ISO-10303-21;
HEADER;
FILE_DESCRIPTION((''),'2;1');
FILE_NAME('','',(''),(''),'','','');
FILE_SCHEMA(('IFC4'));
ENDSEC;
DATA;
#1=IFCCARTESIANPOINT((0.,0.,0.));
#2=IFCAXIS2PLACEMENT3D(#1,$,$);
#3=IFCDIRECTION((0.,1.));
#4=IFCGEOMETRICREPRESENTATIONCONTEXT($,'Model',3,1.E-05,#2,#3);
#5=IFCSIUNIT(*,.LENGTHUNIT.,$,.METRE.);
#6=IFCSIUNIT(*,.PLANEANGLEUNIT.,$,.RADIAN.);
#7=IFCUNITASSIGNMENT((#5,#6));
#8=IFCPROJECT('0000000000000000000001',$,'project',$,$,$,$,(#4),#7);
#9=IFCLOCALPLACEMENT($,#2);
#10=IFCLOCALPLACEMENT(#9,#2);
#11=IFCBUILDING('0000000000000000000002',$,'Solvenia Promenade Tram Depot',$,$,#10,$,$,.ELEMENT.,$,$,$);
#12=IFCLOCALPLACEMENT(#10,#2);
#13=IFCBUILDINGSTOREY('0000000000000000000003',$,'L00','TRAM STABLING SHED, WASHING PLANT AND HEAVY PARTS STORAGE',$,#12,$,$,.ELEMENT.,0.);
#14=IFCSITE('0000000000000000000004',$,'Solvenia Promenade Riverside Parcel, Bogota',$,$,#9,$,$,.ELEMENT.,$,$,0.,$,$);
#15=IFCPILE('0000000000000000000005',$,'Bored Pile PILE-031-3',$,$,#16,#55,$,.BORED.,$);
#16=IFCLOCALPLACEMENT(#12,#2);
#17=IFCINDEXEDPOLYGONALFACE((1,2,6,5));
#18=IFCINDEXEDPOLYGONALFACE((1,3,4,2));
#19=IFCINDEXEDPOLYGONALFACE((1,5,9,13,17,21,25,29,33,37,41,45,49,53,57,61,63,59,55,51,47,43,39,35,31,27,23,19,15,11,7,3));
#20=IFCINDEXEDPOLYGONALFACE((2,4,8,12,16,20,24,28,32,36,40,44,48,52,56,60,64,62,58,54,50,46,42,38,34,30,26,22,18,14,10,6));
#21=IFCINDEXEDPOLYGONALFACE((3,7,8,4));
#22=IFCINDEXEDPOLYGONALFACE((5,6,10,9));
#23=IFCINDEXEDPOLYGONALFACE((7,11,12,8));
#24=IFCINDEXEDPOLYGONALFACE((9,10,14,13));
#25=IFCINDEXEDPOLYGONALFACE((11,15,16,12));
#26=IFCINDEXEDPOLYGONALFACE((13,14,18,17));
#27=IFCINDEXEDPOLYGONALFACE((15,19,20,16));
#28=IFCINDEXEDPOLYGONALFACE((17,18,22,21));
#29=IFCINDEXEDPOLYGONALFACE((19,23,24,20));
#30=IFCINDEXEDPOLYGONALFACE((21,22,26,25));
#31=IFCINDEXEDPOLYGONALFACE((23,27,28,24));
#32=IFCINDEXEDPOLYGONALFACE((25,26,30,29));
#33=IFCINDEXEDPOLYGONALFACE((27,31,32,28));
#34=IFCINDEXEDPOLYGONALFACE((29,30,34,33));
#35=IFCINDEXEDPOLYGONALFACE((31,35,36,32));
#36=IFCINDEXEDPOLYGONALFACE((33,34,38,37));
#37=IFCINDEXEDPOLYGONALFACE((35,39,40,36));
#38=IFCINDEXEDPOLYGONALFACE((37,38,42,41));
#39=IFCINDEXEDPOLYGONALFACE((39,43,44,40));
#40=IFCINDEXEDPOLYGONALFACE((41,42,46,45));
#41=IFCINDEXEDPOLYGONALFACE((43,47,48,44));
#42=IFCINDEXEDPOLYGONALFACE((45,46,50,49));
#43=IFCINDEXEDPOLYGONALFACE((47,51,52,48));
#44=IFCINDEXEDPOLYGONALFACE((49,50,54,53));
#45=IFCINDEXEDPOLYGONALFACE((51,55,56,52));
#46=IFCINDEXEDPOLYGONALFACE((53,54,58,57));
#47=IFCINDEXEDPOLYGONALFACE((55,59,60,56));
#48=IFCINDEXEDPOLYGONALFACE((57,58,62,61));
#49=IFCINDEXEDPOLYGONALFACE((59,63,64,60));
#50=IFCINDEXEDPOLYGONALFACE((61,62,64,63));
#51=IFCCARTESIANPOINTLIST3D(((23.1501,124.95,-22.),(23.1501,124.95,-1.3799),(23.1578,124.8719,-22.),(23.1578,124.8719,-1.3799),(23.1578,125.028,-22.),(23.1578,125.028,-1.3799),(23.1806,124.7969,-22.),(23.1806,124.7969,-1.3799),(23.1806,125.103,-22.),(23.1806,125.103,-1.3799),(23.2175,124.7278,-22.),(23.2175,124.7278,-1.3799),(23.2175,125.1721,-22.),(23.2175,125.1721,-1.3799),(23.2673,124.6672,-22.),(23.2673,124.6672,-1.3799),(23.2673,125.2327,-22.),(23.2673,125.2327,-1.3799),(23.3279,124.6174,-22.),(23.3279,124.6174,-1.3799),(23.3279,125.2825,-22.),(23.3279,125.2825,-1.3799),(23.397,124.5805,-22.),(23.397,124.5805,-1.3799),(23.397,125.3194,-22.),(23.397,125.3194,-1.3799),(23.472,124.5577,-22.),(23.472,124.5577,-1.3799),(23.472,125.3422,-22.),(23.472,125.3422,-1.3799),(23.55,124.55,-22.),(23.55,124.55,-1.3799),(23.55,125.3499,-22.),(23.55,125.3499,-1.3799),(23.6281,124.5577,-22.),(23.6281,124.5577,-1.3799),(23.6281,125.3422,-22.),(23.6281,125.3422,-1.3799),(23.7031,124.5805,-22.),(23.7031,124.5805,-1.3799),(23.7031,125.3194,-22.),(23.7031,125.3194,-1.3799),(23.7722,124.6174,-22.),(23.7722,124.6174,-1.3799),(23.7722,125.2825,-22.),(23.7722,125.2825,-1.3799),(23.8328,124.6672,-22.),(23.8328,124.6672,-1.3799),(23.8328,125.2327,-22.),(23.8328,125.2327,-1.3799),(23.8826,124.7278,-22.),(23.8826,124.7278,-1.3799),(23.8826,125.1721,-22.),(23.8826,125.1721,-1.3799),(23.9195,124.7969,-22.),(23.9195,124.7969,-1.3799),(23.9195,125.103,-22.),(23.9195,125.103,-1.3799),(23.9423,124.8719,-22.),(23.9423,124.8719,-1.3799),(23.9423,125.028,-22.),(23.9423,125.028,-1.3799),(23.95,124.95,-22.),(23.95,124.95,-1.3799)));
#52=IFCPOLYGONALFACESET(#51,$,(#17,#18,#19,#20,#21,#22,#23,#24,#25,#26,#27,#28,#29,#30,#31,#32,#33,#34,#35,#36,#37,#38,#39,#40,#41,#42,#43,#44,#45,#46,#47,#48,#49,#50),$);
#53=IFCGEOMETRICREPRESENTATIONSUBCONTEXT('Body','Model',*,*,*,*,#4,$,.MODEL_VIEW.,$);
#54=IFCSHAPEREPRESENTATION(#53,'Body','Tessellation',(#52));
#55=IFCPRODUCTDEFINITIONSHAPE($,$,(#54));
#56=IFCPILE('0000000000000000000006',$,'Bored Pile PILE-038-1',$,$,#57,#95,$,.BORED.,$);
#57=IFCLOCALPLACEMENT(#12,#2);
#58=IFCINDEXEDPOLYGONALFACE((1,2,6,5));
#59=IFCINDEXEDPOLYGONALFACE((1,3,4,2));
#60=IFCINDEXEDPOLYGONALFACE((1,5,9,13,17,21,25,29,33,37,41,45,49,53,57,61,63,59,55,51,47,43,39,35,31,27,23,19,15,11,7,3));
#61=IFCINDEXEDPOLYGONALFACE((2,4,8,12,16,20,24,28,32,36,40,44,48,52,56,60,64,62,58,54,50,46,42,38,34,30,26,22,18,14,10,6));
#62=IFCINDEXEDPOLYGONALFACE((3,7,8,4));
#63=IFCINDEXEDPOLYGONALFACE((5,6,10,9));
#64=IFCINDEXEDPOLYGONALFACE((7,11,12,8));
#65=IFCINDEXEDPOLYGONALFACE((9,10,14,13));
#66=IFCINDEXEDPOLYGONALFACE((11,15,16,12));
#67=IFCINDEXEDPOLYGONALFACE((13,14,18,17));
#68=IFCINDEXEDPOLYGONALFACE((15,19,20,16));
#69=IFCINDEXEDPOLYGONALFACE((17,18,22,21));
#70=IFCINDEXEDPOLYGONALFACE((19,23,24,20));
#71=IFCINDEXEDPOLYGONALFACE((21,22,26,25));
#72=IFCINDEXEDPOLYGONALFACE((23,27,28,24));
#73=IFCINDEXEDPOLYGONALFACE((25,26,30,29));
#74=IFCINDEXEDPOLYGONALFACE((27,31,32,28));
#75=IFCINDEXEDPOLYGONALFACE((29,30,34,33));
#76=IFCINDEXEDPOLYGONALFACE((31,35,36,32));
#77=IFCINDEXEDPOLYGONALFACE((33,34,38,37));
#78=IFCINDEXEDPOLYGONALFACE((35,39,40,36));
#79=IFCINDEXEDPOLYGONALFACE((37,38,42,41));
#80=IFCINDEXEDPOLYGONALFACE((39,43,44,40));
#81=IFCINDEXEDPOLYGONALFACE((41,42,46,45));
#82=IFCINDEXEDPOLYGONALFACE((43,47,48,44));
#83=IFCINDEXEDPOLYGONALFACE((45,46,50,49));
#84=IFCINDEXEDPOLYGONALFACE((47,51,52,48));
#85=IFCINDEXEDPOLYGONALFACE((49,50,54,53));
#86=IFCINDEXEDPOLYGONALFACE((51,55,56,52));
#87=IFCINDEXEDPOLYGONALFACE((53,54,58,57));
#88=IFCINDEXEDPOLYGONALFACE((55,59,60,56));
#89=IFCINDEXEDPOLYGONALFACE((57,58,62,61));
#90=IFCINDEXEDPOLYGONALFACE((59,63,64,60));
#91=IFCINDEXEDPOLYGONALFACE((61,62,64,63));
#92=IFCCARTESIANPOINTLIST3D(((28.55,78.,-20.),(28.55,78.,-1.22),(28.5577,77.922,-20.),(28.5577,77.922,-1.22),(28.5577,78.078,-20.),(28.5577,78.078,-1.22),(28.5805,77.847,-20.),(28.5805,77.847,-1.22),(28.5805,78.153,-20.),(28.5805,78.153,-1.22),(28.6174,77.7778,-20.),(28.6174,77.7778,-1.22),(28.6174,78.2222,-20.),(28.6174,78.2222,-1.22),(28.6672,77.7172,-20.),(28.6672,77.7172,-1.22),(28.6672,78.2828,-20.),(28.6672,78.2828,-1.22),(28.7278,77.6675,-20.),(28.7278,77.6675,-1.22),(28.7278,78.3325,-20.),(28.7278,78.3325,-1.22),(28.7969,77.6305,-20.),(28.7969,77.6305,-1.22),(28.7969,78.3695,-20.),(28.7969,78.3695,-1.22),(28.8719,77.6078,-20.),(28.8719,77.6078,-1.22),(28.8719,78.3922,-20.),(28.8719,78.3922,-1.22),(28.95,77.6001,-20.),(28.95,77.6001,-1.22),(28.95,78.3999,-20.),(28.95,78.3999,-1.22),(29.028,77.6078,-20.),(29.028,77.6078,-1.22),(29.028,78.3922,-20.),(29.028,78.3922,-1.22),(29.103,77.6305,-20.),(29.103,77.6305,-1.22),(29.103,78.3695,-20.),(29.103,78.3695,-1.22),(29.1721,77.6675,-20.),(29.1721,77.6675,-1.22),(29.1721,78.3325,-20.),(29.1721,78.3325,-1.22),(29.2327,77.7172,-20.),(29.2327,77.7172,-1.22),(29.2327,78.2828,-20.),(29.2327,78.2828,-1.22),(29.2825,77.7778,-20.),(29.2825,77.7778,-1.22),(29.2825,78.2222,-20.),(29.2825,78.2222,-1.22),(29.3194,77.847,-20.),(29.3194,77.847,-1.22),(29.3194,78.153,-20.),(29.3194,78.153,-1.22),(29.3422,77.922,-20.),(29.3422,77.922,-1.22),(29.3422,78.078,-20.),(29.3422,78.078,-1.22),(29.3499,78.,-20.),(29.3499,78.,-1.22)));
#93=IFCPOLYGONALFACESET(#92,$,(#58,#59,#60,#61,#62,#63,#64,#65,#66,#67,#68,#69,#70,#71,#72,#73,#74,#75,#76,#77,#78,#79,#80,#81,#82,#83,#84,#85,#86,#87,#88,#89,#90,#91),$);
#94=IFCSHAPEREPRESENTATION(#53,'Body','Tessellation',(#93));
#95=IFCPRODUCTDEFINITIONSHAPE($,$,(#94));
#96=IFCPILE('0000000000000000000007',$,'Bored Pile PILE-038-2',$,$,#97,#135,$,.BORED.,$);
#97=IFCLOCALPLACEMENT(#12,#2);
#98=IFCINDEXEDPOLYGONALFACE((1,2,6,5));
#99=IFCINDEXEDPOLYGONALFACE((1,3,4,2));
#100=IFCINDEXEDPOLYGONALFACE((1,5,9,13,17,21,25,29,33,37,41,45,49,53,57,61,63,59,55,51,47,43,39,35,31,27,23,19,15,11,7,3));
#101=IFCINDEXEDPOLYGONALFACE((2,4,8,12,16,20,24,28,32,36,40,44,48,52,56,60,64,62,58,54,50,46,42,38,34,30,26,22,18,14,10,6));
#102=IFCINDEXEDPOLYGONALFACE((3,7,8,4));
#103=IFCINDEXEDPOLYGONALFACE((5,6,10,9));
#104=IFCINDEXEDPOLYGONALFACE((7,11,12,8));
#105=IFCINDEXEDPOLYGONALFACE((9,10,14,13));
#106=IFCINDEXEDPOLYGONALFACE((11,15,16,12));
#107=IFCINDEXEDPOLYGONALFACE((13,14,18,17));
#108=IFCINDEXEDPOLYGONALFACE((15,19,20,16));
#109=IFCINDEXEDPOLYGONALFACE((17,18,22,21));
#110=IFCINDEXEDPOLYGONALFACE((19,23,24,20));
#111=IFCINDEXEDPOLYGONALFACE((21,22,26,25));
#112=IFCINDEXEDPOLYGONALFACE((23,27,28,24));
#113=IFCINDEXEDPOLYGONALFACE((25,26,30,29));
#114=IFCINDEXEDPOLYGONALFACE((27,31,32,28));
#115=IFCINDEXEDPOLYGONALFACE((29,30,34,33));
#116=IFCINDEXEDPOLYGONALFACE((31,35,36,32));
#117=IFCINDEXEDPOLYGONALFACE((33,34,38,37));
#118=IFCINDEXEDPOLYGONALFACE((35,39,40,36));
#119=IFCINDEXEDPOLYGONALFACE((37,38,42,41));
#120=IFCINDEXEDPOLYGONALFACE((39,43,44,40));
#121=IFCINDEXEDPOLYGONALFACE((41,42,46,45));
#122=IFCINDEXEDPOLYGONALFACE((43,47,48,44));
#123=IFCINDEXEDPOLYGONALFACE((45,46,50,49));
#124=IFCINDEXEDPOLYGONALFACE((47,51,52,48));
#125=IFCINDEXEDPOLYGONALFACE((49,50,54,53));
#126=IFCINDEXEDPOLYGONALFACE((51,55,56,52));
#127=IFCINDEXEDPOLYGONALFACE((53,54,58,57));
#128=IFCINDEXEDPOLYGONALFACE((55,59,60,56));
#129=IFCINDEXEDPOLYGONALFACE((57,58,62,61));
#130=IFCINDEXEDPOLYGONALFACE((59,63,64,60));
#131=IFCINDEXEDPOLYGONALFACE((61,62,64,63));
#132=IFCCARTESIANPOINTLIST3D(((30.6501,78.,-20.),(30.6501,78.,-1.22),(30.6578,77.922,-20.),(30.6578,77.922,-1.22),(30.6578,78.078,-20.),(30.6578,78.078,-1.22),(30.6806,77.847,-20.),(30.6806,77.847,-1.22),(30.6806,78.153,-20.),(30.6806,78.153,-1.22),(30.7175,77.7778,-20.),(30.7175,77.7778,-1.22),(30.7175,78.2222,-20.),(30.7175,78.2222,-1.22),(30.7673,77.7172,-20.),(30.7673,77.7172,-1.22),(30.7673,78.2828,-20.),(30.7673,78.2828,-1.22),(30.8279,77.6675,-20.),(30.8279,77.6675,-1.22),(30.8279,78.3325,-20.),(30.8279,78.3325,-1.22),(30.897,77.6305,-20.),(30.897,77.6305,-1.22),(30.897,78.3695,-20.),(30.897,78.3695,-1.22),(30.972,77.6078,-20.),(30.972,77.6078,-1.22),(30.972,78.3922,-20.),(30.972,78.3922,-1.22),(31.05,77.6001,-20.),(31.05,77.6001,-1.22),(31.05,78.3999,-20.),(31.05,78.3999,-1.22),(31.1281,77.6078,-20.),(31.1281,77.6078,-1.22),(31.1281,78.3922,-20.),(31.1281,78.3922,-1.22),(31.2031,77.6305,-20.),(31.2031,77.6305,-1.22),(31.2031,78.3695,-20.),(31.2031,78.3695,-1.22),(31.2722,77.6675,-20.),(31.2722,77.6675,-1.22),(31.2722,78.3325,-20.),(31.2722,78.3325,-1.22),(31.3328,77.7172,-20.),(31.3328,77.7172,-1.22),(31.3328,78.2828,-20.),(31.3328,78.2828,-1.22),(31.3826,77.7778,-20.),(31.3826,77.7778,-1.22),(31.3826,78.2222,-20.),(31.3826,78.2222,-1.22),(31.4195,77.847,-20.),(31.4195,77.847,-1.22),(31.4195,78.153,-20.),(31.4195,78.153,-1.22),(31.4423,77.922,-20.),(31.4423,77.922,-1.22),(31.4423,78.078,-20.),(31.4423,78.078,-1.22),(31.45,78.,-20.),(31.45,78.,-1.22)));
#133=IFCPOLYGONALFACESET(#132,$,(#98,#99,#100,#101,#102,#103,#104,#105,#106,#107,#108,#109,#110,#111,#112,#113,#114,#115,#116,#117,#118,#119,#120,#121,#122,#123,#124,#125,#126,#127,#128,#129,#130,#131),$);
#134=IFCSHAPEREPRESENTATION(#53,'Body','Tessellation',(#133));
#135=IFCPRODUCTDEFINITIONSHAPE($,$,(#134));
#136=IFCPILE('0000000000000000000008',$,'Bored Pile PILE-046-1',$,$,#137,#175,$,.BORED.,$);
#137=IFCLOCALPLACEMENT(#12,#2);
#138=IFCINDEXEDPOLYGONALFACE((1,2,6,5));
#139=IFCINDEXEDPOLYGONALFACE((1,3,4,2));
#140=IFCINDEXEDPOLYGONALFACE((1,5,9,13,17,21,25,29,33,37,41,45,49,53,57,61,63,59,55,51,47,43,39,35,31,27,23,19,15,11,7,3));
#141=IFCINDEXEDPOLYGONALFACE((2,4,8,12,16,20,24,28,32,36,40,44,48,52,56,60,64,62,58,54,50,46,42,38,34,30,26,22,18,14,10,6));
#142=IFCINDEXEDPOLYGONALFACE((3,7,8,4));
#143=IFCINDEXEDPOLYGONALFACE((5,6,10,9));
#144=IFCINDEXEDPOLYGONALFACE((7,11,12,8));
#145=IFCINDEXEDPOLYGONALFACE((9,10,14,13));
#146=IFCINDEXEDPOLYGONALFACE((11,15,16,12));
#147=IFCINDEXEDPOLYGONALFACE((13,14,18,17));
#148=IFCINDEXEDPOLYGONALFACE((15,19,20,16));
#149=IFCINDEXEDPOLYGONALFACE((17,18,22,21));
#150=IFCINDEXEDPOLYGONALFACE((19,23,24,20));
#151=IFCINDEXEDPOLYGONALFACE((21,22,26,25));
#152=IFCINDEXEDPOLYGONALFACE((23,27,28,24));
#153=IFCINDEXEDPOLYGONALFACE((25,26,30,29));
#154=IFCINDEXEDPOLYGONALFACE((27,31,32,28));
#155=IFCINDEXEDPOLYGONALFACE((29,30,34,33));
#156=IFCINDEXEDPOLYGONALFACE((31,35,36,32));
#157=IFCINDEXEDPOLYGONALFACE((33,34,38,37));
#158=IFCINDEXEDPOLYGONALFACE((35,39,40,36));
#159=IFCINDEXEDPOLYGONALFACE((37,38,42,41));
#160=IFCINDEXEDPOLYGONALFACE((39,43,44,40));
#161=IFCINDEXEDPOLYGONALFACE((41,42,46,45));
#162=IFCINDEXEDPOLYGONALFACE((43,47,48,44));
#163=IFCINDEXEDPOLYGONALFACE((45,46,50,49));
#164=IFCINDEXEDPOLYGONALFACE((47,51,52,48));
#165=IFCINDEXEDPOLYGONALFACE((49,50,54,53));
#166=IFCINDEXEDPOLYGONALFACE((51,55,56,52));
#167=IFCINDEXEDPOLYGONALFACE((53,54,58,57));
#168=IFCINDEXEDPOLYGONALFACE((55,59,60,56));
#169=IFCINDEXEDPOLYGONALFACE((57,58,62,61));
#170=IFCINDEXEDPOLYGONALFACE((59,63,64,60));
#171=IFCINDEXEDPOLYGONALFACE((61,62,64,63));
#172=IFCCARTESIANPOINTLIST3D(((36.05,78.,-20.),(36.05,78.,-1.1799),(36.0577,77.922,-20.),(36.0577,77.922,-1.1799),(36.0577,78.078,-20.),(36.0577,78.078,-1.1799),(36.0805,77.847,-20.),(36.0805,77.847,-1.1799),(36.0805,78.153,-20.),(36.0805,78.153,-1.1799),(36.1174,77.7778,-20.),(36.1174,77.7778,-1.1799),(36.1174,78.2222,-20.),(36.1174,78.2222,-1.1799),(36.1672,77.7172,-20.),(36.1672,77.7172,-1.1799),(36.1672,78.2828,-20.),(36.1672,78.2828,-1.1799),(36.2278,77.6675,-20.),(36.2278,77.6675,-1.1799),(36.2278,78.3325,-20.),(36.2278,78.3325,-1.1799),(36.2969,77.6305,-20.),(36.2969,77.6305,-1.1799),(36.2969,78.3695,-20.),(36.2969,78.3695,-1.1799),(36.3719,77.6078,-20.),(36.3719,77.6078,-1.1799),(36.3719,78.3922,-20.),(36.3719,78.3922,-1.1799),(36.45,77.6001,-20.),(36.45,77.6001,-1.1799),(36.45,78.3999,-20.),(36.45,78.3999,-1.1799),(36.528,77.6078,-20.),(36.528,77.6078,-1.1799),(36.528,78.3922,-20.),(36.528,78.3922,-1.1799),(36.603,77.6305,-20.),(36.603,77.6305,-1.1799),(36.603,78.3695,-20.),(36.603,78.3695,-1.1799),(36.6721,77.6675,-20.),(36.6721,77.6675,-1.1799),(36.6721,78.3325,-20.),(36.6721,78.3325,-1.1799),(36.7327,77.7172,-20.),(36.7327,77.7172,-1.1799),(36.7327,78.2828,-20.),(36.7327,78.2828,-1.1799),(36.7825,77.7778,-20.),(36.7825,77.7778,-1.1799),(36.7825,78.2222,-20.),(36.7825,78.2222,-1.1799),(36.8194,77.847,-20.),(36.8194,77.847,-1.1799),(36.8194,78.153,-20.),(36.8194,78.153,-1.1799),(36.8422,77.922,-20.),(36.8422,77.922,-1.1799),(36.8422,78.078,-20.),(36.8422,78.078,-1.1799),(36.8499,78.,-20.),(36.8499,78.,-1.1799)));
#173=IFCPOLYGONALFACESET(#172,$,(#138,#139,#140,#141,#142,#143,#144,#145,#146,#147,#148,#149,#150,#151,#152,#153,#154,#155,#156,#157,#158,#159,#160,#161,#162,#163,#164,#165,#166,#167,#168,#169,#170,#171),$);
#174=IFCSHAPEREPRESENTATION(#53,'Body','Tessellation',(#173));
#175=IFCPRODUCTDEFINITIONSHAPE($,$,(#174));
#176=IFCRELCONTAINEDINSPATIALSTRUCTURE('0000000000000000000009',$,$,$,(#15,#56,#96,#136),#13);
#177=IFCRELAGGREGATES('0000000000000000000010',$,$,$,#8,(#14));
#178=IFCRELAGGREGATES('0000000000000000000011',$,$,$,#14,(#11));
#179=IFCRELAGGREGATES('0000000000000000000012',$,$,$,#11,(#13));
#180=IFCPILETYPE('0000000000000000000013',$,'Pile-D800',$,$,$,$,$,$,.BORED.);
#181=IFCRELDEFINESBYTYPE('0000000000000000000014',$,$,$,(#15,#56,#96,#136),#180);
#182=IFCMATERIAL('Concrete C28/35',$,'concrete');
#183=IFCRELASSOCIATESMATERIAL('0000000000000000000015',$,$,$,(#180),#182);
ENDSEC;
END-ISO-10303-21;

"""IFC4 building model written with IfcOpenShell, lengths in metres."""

from ifc_helpers import new_model, si_unit, direction, frame, origin, origin_2d, place, context, subcontext, project, spatial, circle, extrude, material, material_profile, profile_set, type_object, element, save


model = new_model("IFC4")

# Units and contexts
model_context = context("Model", 3, precision=1e-05, world=origin(), true_north=direction((0.0, 1.0)))
body_context = subcontext(model_context, "Body", "Model", "MODEL_VIEW")
ifc_project = project(units=[si_unit("LENGTHUNIT", "METRE"), si_unit("PLANEANGLEUNIT", "RADIAN")], contexts=[model_context])

# Site, building, storey
site_placement = place(None, origin())
site = spatial("IfcSite", under=ifc_project, at=site_placement, Name="Solvenia Promenade Riverside Parcel, Bogota", CompositionType="ELEMENT", RefElevation=0.0)
building_placement = place(site_placement, origin())
building = spatial("IfcBuilding", under=site, at=building_placement, Name="Solvenia Promenade Tram Depot", CompositionType="ELEMENT")
storey_placement = place(building_placement, origin())
storey = spatial("IfcBuildingStorey", under=building, at=storey_placement, Name="L00", Description="TRAM STABLING SHED, WASHING PLANT AND HEAVY PARTS STORAGE", CompositionType="ELEMENT", Elevation=0.0)

# Shared definitions
ifc_material_1 = material(Name="Concrete C28/35", Category="concrete")

# Piles
ifc_material_profile_1 = material_profile(ifc_material_1, circle(Radius=0.3999, at=origin_2d()), Name="D800", Category="concrete")
ifc_profile_set_1 = profile_set([ifc_material_profile_1], Name="Concrete C28/35")
pile_type_1 = type_object("IfcPileType", Name="Pile-D800", PredefinedType="BORED", material=ifc_profile_set_1)
for number, where, z_axis, x_axis, name in (
    (1, (23.55, 124.95, -1.3799), (0.0, 0.0, -1.0), (1.0, 0.0, 0.0), "Bored Pile PILE-031-3"),
):
    element("IfcPile", number, at=place(storey_placement, frame(where, z_axis=z_axis, x_axis=x_axis)), inside=storey, type_object=pile_type_1, Name=name, PredefinedType="BORED", context=body_context, shape_type="SweptSolid", body=[
        extrude(circle(Radius=0.3999, at=origin_2d()), origin(), (0.0, 0.0, 1.0), 20.6201),
    ])
for number, where, z_axis, x_axis, name in (
    (2, (28.95, 78.0, -1.22), (0.0, 0.0, -1.0), (1.0, 0.0, 0.0), "Bored Pile PILE-038-1"),
    (3, (31.05, 78.0, -1.22), (0.0, 0.0, -1.0), (1.0, 0.0, 0.0), "Bored Pile PILE-038-2"),
):
    element("IfcPile", number, at=place(storey_placement, frame(where, z_axis=z_axis, x_axis=x_axis)), inside=storey, type_object=pile_type_1, Name=name, PredefinedType="BORED", context=body_context, shape_type="SweptSolid", body=[
        extrude(circle(Radius=0.3999, at=origin_2d()), origin(), (0.0, 0.0, 1.0), 18.78),
    ])
for number, where, z_axis, x_axis, name in (
    (4, (36.45, 78.0, -1.1799), (0.0, 0.0, -1.0), (1.0, 0.0, 0.0), "Bored Pile PILE-046-1"),
):
    element("IfcPile", number, at=place(storey_placement, frame(where, z_axis=z_axis, x_axis=x_axis)), inside=storey, type_object=pile_type_1, Name=name, PredefinedType="BORED", context=body_context, shape_type="SweptSolid", body=[
        extrude(circle(Radius=0.3999, at=origin_2d()), origin(), (0.0, 0.0, 1.0), 18.8201),
    ])

save(model, "model.ifc")
